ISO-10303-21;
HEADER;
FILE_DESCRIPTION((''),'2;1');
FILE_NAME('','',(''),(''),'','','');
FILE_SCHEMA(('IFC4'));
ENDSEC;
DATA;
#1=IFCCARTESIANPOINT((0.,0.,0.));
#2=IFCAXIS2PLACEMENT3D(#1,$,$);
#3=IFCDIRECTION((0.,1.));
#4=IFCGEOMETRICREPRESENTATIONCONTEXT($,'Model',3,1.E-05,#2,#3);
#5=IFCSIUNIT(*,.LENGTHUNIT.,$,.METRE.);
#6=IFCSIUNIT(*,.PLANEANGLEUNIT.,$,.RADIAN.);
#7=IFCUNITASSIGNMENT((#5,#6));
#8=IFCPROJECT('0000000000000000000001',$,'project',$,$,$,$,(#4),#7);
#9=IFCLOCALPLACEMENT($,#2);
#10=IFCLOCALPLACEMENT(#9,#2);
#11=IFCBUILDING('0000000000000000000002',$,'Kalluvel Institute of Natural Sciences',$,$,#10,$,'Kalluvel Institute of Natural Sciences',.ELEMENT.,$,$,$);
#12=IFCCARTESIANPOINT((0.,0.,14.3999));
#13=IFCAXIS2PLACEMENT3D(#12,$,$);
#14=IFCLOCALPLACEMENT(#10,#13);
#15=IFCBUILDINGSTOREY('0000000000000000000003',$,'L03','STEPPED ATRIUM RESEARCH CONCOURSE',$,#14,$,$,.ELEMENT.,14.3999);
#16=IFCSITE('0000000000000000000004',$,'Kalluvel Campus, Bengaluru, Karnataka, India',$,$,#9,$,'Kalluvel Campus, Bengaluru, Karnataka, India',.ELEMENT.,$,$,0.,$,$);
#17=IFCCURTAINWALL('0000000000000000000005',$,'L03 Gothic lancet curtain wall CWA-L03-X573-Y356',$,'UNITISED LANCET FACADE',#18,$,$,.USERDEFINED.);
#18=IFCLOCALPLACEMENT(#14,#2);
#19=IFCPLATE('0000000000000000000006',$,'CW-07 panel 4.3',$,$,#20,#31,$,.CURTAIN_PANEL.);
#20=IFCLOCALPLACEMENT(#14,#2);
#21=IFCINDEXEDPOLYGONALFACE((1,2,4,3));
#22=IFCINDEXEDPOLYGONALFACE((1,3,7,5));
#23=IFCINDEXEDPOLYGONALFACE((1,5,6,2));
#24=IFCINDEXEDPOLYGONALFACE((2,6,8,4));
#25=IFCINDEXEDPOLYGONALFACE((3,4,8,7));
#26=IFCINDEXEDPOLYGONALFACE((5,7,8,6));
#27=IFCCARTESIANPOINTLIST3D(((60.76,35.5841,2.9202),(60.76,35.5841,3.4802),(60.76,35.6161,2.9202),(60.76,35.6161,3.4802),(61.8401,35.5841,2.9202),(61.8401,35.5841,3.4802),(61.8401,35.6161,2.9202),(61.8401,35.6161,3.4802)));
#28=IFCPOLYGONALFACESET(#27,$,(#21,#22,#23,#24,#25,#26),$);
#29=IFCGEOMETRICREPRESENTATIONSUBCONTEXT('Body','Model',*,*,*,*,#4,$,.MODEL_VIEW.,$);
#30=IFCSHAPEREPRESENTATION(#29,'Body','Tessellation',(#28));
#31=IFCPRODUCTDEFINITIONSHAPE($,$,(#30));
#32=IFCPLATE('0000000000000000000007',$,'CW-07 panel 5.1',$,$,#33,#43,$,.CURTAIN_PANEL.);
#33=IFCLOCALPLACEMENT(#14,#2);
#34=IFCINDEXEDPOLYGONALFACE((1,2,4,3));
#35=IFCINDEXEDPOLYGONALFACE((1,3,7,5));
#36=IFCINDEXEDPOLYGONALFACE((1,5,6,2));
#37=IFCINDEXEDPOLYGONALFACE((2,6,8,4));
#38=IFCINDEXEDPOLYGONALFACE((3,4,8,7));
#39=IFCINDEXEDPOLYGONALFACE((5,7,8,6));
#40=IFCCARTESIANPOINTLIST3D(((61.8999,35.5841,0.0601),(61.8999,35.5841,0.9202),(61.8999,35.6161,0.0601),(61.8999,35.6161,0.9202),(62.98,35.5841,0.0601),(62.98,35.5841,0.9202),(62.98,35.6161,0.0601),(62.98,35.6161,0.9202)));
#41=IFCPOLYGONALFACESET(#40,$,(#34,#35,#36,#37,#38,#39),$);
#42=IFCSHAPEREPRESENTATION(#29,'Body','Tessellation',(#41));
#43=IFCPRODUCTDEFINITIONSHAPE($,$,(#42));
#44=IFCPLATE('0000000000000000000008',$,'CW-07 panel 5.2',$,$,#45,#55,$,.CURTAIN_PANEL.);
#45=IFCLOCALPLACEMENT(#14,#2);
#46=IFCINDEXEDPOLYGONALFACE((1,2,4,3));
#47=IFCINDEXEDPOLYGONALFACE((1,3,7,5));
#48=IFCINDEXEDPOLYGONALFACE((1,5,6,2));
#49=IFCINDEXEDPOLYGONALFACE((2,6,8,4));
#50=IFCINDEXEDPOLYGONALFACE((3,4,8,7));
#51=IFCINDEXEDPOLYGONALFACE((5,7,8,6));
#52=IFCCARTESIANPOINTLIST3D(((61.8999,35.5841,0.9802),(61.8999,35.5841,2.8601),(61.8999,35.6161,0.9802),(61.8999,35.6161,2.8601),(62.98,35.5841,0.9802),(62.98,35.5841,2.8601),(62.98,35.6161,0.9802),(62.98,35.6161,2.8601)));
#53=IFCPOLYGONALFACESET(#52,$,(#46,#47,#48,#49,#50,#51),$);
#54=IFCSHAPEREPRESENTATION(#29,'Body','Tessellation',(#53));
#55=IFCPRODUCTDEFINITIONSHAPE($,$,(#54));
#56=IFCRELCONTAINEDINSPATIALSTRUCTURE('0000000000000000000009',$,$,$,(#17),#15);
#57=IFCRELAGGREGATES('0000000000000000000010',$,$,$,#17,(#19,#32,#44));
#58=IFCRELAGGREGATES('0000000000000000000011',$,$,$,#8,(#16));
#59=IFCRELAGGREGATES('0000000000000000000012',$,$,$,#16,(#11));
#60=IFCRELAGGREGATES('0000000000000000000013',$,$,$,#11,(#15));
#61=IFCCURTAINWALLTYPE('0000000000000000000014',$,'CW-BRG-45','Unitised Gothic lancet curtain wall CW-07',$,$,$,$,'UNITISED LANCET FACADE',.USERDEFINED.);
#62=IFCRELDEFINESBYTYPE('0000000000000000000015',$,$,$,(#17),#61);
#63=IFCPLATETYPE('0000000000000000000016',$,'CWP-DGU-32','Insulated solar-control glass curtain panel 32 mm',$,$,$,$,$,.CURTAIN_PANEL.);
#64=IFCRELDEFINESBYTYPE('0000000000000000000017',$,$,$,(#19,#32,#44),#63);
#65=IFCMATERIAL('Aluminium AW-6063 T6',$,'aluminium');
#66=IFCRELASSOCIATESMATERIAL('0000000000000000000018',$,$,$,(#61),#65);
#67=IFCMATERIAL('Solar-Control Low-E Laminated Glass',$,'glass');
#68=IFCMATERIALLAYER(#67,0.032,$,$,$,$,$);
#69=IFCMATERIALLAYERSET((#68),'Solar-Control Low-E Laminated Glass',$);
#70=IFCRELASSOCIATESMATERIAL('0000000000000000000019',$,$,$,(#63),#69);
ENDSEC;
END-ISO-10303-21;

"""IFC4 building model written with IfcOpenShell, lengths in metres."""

from ifc_helpers import new_model, si_unit, direction, frame, origin, origin_2d, place, context, subcontext, project, spatial, rectangle, extrude, material, layer, layer_set, type_object, element, aggregate, save


model = new_model("IFC4")

# Units and contexts
model_context = context("Model", 3, precision=1e-05, world=origin(), true_north=direction((0.0, 1.0)))
body_context = subcontext(model_context, "Body", "Model", "MODEL_VIEW")
ifc_project = project(units=[si_unit("LENGTHUNIT", "METRE"), si_unit("PLANEANGLEUNIT", "RADIAN")], contexts=[model_context])

# Site, building, storey
site_placement = place(None, origin())
site = spatial("IfcSite", under=ifc_project, at=site_placement, Name="Kalluvel Campus, Bengaluru, Karnataka, India", LongName="Kalluvel Campus, Bengaluru, Karnataka, India", CompositionType="ELEMENT", RefElevation=0.0)
building_placement = place(site_placement, origin())
building = spatial("IfcBuilding", under=site, at=building_placement, Name="Kalluvel Institute of Natural Sciences", LongName="Kalluvel Institute of Natural Sciences", CompositionType="ELEMENT")
storey_placement = place(building_placement, frame((0.0, 0.0, 14.3999)))
storey = spatial("IfcBuildingStorey", under=building, at=storey_placement, Name="L03", Description="STEPPED ATRIUM RESEARCH CONCOURSE", CompositionType="ELEMENT", Elevation=14.3999)

# Curtain wall
ifc_material_1 = material(Name="Aluminium AW-6063 T6", Category="aluminium")
curtain_wall_type = type_object("IfcCurtainWallType", Name="CW-BRG-45", Description="Unitised Gothic lancet curtain wall CW-07", ElementType="UNITISED LANCET FACADE", PredefinedType="USERDEFINED", material=ifc_material_1)
curtain_wall_1_placement = place(storey_placement, origin())
curtain_wall_1 = element("IfcCurtainWall", 1, at=curtain_wall_1_placement, inside=storey, type_object=curtain_wall_type, Name="L03 Gothic lancet curtain wall CWA-L03-X573-Y356", ObjectType="UNITISED LANCET FACADE", PredefinedType="USERDEFINED")

# Shared definitions
ifc_material_2 = material(Name="Solar-Control Low-E Laminated Glass", Category="glass")
ifc_layer = layer(ifc_material_2, 0.032)
ifc_layer_set = layer_set([ifc_layer], Name="Solar-Control Low-E Laminated Glass")
plate_type = type_object("IfcPlateType", Name="CWP-DGU-32", Description="Insulated solar-control glass curtain panel 32 mm", PredefinedType="CURTAIN_PANEL", material=ifc_layer_set)

# Plates
plate_1_placement = place(storey_placement, frame((61.3, 35.6001, 2.9202), z_axis=(0.0, 0.0, 1.0), x_axis=(1.0, 0.0, 0.0)))
plate_1 = element("IfcPlate", 2, at=plate_1_placement, type_object=plate_type, Name="CW-07 panel 4.3", PredefinedType="CURTAIN_PANEL", context=body_context, shape_type="SweptSolid", body=[
    extrude(rectangle(XDim=1.0801, YDim=0.032, at=origin_2d()), origin(), (0.0, 0.0, 1.0), 0.5601),
])
plate_2_placement = place(storey_placement, frame((62.4399, 35.6001, 0.0601), z_axis=(0.0, 0.0, 1.0), x_axis=(1.0, 0.0, 0.0)))
plate_2 = element("IfcPlate", 3, at=plate_2_placement, type_object=plate_type, Name="CW-07 panel 5.1", PredefinedType="CURTAIN_PANEL", context=body_context, shape_type="SweptSolid", body=[
    extrude(rectangle(XDim=1.0801, YDim=0.032, at=origin_2d()), origin(), (0.0, 0.0, 1.0), 0.8601),
])
plate_3_placement = place(storey_placement, frame((62.4399, 35.6001, 0.9802), z_axis=(0.0, 0.0, 1.0), x_axis=(1.0, 0.0, 0.0)))
plate_3 = element("IfcPlate", 4, at=plate_3_placement, type_object=plate_type, Name="CW-07 panel 5.2", PredefinedType="CURTAIN_PANEL", context=body_context, shape_type="SweptSolid", body=[
    extrude(rectangle(XDim=1.0801, YDim=0.032, at=origin_2d()), origin(), (0.0, 0.0, 1.0), 1.8799),
])
aggregate(curtain_wall_1, [plate_1, plate_2, plate_3])

save(model, "model.ifc")
